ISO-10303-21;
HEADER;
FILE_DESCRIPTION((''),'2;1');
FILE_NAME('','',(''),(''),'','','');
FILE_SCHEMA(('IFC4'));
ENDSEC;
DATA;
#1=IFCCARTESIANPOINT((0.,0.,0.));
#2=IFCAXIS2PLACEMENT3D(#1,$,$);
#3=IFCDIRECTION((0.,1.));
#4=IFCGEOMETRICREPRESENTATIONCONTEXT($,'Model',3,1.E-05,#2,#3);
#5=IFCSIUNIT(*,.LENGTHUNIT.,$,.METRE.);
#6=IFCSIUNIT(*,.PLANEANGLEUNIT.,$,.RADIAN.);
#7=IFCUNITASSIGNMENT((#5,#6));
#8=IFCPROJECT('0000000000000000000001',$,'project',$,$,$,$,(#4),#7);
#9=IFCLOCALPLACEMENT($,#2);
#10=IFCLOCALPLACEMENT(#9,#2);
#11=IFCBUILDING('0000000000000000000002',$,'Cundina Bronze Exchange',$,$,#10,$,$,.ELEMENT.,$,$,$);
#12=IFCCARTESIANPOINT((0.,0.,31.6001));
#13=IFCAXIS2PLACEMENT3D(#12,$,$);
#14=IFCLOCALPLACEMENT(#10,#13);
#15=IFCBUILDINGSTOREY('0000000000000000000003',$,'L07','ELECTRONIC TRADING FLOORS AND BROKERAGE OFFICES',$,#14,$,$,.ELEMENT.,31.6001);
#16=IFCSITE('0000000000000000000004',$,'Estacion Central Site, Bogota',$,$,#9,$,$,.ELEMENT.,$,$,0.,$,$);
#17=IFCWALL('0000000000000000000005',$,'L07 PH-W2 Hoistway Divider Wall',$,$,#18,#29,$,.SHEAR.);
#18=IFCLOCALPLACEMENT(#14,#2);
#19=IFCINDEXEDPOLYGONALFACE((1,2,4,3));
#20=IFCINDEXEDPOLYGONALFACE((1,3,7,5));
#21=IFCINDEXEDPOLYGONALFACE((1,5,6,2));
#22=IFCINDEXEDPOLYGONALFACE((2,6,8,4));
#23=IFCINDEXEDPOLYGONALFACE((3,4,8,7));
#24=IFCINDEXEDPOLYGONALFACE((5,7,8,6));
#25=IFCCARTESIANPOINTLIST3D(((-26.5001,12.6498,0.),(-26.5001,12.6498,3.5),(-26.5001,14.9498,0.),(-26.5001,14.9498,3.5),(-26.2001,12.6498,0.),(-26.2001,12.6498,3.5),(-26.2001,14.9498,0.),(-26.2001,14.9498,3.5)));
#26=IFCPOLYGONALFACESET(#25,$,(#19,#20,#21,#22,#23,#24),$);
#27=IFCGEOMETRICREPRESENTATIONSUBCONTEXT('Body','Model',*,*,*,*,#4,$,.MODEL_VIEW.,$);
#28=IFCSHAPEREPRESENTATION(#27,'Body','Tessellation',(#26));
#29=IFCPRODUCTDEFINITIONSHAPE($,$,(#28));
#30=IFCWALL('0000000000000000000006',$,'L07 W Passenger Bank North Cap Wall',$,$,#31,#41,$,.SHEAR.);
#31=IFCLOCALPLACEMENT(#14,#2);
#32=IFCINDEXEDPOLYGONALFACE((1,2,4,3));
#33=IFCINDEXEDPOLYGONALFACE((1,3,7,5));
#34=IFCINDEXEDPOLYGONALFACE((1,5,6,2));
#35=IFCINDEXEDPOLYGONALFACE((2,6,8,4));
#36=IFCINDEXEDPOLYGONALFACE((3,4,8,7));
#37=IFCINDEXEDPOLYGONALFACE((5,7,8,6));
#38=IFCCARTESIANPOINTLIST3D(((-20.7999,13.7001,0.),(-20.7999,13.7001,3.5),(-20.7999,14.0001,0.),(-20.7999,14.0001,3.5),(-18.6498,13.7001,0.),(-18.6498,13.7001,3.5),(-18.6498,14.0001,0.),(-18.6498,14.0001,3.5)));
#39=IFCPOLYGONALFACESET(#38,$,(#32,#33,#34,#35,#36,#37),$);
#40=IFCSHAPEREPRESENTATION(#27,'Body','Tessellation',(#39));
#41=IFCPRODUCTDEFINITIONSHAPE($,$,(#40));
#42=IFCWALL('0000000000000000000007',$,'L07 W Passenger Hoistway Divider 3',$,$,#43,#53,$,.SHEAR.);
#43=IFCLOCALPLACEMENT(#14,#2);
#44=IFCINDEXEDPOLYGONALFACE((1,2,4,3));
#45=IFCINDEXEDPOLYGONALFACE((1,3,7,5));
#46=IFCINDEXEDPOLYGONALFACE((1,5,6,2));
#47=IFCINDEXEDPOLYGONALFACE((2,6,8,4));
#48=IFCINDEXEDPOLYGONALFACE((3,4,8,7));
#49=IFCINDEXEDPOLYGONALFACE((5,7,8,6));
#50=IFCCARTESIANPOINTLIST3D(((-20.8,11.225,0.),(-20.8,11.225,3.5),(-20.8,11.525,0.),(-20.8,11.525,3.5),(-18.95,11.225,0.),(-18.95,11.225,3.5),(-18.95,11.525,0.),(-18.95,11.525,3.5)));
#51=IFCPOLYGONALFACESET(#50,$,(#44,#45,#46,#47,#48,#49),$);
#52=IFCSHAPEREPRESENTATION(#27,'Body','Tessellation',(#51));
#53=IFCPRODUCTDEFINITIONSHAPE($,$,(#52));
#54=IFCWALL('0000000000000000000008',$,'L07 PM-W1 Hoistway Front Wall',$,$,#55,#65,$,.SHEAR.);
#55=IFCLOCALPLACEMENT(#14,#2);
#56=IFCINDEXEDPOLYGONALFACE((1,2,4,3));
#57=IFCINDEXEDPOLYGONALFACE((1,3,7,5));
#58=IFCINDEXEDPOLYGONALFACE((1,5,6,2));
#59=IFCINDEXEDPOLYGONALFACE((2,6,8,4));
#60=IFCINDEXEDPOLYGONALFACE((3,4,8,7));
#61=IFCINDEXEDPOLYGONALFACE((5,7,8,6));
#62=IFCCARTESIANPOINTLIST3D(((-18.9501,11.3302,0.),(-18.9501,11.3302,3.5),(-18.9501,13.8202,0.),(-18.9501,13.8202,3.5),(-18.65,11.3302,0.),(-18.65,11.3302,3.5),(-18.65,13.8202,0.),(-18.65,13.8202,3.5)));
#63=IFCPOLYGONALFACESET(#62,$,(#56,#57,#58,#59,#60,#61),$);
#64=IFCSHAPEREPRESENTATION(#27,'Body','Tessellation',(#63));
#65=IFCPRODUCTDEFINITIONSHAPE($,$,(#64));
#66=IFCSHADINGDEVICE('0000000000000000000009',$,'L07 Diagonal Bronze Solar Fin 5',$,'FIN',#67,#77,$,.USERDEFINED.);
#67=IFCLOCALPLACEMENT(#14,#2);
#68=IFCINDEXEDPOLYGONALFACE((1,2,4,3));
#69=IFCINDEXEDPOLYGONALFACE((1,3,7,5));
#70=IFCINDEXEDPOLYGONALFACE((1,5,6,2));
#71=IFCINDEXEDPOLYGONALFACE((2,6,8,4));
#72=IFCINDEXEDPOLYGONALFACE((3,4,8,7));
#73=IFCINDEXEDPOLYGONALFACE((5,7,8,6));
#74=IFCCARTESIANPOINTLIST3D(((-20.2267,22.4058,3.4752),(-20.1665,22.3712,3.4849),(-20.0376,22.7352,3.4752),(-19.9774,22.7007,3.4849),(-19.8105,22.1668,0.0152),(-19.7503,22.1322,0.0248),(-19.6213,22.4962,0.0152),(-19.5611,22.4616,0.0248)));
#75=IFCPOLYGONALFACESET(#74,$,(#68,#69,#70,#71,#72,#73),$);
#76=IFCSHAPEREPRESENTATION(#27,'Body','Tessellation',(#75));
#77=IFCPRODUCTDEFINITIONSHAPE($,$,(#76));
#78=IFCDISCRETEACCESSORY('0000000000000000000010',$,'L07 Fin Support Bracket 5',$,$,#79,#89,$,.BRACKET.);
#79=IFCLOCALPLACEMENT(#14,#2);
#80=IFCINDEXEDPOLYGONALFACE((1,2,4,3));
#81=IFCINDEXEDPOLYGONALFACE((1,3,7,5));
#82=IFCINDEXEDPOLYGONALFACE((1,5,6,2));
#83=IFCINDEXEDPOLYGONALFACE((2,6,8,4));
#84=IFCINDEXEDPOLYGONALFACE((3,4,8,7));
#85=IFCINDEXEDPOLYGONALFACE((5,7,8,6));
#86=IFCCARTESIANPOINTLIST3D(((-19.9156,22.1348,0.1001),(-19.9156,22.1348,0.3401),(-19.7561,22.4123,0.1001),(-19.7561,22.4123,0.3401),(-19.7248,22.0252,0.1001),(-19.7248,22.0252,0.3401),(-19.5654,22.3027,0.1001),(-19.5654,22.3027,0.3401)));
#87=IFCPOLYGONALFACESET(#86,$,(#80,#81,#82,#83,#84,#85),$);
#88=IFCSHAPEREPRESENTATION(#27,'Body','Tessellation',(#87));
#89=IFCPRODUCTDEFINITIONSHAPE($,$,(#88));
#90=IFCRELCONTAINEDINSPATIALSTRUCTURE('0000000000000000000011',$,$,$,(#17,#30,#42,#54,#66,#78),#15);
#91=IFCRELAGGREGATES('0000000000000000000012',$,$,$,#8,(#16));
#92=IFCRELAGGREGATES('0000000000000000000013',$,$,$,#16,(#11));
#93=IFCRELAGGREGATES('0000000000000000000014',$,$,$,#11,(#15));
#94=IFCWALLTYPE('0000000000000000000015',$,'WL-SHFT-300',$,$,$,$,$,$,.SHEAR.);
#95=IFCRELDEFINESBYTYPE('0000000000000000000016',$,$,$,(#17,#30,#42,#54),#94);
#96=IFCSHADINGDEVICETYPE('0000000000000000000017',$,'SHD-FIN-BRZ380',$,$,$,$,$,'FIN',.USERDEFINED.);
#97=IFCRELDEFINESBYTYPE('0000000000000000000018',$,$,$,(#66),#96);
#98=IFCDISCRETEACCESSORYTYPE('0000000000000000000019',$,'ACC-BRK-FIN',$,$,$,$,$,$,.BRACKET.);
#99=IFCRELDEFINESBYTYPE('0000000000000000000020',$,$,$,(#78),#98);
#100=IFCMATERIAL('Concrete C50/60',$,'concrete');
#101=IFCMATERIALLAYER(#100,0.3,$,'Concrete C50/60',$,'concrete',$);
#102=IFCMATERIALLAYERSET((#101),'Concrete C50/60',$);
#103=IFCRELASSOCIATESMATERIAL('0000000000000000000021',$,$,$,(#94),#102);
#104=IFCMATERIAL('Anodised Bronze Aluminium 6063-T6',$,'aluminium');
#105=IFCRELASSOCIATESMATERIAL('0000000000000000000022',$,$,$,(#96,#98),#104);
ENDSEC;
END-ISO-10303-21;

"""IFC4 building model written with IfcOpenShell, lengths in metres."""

from ifc_helpers import new_model, si_unit, direction, frame, frame_2d, origin, origin_2d, place, context, subcontext, project, spatial, rectangle, extrude, material, layer, layer_set, material_profile, profile_set, type_object, element, save


model = new_model("IFC4")

# Units and contexts
model_context = context("Model", 3, precision=1e-05, world=origin(), true_north=direction((0.0, 1.0)))
body_context = subcontext(model_context, "Body", "Model", "MODEL_VIEW")
ifc_project = project(units=[si_unit("LENGTHUNIT", "METRE"), si_unit("PLANEANGLEUNIT", "RADIAN")], contexts=[model_context])

# Site, building, storey
site_placement = place(None, origin())
site = spatial("IfcSite", under=ifc_project, at=site_placement, Name="Estacion Central Site, Bogota", CompositionType="ELEMENT", RefElevation=0.0)
building_placement = place(site_placement, origin())
building = spatial("IfcBuilding", under=site, at=building_placement, Name="Cundina Bronze Exchange", CompositionType="ELEMENT")
storey_placement = place(building_placement, frame((0.0, 0.0, 31.6001)))
storey = spatial("IfcBuildingStorey", under=building, at=storey_placement, Name="L07", Description="ELECTRONIC TRADING FLOORS AND BROKERAGE OFFICES", CompositionType="ELEMENT", Elevation=31.6001)

# Shared definitions
ifc_material_1 = material(Name="Anodised Bronze Aluminium 6063-T6", Category="aluminium")

# Shared definitions
ifc_material_2 = material(Name="Concrete C50/60", Category="concrete")
ifc_layer_1 = layer(ifc_material_2, 0.3, Name="Concrete C50/60", Category="concrete")
ifc_layer_set_1 = layer_set([ifc_layer_1], Name="Concrete C50/60")
wall_type_1 = type_object("IfcWallType", Name="WL-SHFT-300", PredefinedType="SHEAR", material=ifc_layer_set_1)

# Walls
wall_1_placement = place(storey_placement, frame((-26.3501, 12.6499, 0.0), z_axis=(0.0, 0.0, 1.0), x_axis=(0.0, 1.0, 0.0)))
element("IfcWall", 1, at=wall_1_placement, inside=storey, type_object=wall_type_1, Name="L07 PH-W2 Hoistway Divider Wall", PredefinedType="SHEAR", context=body_context, shape_type="SweptSolid", body=[
    extrude(rectangle(XDim=2.3, YDim=0.3, at=frame_2d((1.1499, 0.0))), origin(), (0.0, 0.0, 1.0), 3.5),
])
wall_2_placement = place(storey_placement, frame((-20.8, 13.8501, 0.0), z_axis=(0.0, 0.0, 1.0), x_axis=(1.0, 0.0, 0.0)))
element("IfcWall", 2, at=wall_2_placement, inside=storey, type_object=wall_type_1, Name="L07 W Passenger Bank North Cap Wall", PredefinedType="SHEAR", context=body_context, shape_type="SweptSolid", body=[
    extrude(rectangle(XDim=2.1501, YDim=0.3, at=frame_2d((1.0752, 0.0))), origin(), (0.0, 0.0, 1.0), 3.5),
])
wall_3_placement = place(storey_placement, frame((-20.8, 11.375, 0.0), z_axis=(0.0, 0.0, 1.0), x_axis=(1.0, 0.0, 0.0)))
element("IfcWall", 3, at=wall_3_placement, inside=storey, type_object=wall_type_1, Name="L07 W Passenger Hoistway Divider 3", PredefinedType="SHEAR", context=body_context, shape_type="SweptSolid", body=[
    extrude(rectangle(XDim=1.8501, YDim=0.3, at=frame_2d((0.925, 0.0))), origin(), (0.0, 0.0, 1.0), 3.5),
])
wall_4_placement = place(storey_placement, frame((-18.8, 11.3301, 0.0), z_axis=(0.0, 0.0, 1.0), x_axis=(0.0, 1.0, 0.0)))
element("IfcWall", 4, at=wall_4_placement, inside=storey, type_object=wall_type_1, Name="L07 PM-W1 Hoistway Front Wall", PredefinedType="SHEAR", context=body_context, shape_type="SweptSolid", body=[
    extrude(rectangle(XDim=2.49, YDim=0.3, at=frame_2d((1.2451, 0.0))), origin(), (0.0, 0.0, 1.0), 3.5),
])

# Shading device
ifc_material_profile_1 = material_profile(ifc_material_1, rectangle(XDim=0.0701, YDim=0.3799, at=origin_2d()), Name="FIN70X380", Category="aluminium")
ifc_profile_set_1 = profile_set([ifc_material_profile_1], Name="Anodised Bronze Aluminium 6063-T6")
shading_device_type = type_object("IfcShadingDeviceType", Name="SHD-FIN-BRZ380", ElementType="FIN", PredefinedType="USERDEFINED", material=ifc_profile_set_1)
shading_device_placement = place(storey_placement, frame((-19.6858, 22.3142, 0.02), z_axis=(-0.119166, 0.068425, 0.990514), x_axis=(0.858982, -0.493222, 0.137414)))
element("IfcShadingDevice", 5, at=shading_device_placement, inside=storey, type_object=shading_device_type, Name="L07 Diagonal Bronze Solar Fin 5", ObjectType="FIN", PredefinedType="USERDEFINED", context=body_context, shape_type="SweptSolid", body=[
    extrude(rectangle(XDim=0.0701, YDim=0.3799, at=origin_2d()), origin(), (0.0, 0.0, 1.0), 3.4932),
])

# Discrete accessory
discrete_accessory_type = type_object("IfcDiscreteAccessoryType", Name="ACC-BRK-FIN", PredefinedType="BRACKET", material=ifc_material_1)
discrete_accessory_placement = place(storey_placement, frame((-19.7405, 22.2188, 0.1001), z_axis=(0.0, 0.0, 1.0), x_axis=(-0.867105, 0.498125, 0.0)))
element("IfcDiscreteAccessory", 6, at=discrete_accessory_placement, inside=storey, type_object=discrete_accessory_type, Name="L07 Fin Support Bracket 5", PredefinedType="BRACKET", context=body_context, shape_type="SweptSolid", body=[
    extrude(rectangle(XDim=0.22, YDim=0.3201, at=origin_2d()), origin(), (0.0, 0.0, 1.0), 0.24),
])

save(model, "model.ifc")
